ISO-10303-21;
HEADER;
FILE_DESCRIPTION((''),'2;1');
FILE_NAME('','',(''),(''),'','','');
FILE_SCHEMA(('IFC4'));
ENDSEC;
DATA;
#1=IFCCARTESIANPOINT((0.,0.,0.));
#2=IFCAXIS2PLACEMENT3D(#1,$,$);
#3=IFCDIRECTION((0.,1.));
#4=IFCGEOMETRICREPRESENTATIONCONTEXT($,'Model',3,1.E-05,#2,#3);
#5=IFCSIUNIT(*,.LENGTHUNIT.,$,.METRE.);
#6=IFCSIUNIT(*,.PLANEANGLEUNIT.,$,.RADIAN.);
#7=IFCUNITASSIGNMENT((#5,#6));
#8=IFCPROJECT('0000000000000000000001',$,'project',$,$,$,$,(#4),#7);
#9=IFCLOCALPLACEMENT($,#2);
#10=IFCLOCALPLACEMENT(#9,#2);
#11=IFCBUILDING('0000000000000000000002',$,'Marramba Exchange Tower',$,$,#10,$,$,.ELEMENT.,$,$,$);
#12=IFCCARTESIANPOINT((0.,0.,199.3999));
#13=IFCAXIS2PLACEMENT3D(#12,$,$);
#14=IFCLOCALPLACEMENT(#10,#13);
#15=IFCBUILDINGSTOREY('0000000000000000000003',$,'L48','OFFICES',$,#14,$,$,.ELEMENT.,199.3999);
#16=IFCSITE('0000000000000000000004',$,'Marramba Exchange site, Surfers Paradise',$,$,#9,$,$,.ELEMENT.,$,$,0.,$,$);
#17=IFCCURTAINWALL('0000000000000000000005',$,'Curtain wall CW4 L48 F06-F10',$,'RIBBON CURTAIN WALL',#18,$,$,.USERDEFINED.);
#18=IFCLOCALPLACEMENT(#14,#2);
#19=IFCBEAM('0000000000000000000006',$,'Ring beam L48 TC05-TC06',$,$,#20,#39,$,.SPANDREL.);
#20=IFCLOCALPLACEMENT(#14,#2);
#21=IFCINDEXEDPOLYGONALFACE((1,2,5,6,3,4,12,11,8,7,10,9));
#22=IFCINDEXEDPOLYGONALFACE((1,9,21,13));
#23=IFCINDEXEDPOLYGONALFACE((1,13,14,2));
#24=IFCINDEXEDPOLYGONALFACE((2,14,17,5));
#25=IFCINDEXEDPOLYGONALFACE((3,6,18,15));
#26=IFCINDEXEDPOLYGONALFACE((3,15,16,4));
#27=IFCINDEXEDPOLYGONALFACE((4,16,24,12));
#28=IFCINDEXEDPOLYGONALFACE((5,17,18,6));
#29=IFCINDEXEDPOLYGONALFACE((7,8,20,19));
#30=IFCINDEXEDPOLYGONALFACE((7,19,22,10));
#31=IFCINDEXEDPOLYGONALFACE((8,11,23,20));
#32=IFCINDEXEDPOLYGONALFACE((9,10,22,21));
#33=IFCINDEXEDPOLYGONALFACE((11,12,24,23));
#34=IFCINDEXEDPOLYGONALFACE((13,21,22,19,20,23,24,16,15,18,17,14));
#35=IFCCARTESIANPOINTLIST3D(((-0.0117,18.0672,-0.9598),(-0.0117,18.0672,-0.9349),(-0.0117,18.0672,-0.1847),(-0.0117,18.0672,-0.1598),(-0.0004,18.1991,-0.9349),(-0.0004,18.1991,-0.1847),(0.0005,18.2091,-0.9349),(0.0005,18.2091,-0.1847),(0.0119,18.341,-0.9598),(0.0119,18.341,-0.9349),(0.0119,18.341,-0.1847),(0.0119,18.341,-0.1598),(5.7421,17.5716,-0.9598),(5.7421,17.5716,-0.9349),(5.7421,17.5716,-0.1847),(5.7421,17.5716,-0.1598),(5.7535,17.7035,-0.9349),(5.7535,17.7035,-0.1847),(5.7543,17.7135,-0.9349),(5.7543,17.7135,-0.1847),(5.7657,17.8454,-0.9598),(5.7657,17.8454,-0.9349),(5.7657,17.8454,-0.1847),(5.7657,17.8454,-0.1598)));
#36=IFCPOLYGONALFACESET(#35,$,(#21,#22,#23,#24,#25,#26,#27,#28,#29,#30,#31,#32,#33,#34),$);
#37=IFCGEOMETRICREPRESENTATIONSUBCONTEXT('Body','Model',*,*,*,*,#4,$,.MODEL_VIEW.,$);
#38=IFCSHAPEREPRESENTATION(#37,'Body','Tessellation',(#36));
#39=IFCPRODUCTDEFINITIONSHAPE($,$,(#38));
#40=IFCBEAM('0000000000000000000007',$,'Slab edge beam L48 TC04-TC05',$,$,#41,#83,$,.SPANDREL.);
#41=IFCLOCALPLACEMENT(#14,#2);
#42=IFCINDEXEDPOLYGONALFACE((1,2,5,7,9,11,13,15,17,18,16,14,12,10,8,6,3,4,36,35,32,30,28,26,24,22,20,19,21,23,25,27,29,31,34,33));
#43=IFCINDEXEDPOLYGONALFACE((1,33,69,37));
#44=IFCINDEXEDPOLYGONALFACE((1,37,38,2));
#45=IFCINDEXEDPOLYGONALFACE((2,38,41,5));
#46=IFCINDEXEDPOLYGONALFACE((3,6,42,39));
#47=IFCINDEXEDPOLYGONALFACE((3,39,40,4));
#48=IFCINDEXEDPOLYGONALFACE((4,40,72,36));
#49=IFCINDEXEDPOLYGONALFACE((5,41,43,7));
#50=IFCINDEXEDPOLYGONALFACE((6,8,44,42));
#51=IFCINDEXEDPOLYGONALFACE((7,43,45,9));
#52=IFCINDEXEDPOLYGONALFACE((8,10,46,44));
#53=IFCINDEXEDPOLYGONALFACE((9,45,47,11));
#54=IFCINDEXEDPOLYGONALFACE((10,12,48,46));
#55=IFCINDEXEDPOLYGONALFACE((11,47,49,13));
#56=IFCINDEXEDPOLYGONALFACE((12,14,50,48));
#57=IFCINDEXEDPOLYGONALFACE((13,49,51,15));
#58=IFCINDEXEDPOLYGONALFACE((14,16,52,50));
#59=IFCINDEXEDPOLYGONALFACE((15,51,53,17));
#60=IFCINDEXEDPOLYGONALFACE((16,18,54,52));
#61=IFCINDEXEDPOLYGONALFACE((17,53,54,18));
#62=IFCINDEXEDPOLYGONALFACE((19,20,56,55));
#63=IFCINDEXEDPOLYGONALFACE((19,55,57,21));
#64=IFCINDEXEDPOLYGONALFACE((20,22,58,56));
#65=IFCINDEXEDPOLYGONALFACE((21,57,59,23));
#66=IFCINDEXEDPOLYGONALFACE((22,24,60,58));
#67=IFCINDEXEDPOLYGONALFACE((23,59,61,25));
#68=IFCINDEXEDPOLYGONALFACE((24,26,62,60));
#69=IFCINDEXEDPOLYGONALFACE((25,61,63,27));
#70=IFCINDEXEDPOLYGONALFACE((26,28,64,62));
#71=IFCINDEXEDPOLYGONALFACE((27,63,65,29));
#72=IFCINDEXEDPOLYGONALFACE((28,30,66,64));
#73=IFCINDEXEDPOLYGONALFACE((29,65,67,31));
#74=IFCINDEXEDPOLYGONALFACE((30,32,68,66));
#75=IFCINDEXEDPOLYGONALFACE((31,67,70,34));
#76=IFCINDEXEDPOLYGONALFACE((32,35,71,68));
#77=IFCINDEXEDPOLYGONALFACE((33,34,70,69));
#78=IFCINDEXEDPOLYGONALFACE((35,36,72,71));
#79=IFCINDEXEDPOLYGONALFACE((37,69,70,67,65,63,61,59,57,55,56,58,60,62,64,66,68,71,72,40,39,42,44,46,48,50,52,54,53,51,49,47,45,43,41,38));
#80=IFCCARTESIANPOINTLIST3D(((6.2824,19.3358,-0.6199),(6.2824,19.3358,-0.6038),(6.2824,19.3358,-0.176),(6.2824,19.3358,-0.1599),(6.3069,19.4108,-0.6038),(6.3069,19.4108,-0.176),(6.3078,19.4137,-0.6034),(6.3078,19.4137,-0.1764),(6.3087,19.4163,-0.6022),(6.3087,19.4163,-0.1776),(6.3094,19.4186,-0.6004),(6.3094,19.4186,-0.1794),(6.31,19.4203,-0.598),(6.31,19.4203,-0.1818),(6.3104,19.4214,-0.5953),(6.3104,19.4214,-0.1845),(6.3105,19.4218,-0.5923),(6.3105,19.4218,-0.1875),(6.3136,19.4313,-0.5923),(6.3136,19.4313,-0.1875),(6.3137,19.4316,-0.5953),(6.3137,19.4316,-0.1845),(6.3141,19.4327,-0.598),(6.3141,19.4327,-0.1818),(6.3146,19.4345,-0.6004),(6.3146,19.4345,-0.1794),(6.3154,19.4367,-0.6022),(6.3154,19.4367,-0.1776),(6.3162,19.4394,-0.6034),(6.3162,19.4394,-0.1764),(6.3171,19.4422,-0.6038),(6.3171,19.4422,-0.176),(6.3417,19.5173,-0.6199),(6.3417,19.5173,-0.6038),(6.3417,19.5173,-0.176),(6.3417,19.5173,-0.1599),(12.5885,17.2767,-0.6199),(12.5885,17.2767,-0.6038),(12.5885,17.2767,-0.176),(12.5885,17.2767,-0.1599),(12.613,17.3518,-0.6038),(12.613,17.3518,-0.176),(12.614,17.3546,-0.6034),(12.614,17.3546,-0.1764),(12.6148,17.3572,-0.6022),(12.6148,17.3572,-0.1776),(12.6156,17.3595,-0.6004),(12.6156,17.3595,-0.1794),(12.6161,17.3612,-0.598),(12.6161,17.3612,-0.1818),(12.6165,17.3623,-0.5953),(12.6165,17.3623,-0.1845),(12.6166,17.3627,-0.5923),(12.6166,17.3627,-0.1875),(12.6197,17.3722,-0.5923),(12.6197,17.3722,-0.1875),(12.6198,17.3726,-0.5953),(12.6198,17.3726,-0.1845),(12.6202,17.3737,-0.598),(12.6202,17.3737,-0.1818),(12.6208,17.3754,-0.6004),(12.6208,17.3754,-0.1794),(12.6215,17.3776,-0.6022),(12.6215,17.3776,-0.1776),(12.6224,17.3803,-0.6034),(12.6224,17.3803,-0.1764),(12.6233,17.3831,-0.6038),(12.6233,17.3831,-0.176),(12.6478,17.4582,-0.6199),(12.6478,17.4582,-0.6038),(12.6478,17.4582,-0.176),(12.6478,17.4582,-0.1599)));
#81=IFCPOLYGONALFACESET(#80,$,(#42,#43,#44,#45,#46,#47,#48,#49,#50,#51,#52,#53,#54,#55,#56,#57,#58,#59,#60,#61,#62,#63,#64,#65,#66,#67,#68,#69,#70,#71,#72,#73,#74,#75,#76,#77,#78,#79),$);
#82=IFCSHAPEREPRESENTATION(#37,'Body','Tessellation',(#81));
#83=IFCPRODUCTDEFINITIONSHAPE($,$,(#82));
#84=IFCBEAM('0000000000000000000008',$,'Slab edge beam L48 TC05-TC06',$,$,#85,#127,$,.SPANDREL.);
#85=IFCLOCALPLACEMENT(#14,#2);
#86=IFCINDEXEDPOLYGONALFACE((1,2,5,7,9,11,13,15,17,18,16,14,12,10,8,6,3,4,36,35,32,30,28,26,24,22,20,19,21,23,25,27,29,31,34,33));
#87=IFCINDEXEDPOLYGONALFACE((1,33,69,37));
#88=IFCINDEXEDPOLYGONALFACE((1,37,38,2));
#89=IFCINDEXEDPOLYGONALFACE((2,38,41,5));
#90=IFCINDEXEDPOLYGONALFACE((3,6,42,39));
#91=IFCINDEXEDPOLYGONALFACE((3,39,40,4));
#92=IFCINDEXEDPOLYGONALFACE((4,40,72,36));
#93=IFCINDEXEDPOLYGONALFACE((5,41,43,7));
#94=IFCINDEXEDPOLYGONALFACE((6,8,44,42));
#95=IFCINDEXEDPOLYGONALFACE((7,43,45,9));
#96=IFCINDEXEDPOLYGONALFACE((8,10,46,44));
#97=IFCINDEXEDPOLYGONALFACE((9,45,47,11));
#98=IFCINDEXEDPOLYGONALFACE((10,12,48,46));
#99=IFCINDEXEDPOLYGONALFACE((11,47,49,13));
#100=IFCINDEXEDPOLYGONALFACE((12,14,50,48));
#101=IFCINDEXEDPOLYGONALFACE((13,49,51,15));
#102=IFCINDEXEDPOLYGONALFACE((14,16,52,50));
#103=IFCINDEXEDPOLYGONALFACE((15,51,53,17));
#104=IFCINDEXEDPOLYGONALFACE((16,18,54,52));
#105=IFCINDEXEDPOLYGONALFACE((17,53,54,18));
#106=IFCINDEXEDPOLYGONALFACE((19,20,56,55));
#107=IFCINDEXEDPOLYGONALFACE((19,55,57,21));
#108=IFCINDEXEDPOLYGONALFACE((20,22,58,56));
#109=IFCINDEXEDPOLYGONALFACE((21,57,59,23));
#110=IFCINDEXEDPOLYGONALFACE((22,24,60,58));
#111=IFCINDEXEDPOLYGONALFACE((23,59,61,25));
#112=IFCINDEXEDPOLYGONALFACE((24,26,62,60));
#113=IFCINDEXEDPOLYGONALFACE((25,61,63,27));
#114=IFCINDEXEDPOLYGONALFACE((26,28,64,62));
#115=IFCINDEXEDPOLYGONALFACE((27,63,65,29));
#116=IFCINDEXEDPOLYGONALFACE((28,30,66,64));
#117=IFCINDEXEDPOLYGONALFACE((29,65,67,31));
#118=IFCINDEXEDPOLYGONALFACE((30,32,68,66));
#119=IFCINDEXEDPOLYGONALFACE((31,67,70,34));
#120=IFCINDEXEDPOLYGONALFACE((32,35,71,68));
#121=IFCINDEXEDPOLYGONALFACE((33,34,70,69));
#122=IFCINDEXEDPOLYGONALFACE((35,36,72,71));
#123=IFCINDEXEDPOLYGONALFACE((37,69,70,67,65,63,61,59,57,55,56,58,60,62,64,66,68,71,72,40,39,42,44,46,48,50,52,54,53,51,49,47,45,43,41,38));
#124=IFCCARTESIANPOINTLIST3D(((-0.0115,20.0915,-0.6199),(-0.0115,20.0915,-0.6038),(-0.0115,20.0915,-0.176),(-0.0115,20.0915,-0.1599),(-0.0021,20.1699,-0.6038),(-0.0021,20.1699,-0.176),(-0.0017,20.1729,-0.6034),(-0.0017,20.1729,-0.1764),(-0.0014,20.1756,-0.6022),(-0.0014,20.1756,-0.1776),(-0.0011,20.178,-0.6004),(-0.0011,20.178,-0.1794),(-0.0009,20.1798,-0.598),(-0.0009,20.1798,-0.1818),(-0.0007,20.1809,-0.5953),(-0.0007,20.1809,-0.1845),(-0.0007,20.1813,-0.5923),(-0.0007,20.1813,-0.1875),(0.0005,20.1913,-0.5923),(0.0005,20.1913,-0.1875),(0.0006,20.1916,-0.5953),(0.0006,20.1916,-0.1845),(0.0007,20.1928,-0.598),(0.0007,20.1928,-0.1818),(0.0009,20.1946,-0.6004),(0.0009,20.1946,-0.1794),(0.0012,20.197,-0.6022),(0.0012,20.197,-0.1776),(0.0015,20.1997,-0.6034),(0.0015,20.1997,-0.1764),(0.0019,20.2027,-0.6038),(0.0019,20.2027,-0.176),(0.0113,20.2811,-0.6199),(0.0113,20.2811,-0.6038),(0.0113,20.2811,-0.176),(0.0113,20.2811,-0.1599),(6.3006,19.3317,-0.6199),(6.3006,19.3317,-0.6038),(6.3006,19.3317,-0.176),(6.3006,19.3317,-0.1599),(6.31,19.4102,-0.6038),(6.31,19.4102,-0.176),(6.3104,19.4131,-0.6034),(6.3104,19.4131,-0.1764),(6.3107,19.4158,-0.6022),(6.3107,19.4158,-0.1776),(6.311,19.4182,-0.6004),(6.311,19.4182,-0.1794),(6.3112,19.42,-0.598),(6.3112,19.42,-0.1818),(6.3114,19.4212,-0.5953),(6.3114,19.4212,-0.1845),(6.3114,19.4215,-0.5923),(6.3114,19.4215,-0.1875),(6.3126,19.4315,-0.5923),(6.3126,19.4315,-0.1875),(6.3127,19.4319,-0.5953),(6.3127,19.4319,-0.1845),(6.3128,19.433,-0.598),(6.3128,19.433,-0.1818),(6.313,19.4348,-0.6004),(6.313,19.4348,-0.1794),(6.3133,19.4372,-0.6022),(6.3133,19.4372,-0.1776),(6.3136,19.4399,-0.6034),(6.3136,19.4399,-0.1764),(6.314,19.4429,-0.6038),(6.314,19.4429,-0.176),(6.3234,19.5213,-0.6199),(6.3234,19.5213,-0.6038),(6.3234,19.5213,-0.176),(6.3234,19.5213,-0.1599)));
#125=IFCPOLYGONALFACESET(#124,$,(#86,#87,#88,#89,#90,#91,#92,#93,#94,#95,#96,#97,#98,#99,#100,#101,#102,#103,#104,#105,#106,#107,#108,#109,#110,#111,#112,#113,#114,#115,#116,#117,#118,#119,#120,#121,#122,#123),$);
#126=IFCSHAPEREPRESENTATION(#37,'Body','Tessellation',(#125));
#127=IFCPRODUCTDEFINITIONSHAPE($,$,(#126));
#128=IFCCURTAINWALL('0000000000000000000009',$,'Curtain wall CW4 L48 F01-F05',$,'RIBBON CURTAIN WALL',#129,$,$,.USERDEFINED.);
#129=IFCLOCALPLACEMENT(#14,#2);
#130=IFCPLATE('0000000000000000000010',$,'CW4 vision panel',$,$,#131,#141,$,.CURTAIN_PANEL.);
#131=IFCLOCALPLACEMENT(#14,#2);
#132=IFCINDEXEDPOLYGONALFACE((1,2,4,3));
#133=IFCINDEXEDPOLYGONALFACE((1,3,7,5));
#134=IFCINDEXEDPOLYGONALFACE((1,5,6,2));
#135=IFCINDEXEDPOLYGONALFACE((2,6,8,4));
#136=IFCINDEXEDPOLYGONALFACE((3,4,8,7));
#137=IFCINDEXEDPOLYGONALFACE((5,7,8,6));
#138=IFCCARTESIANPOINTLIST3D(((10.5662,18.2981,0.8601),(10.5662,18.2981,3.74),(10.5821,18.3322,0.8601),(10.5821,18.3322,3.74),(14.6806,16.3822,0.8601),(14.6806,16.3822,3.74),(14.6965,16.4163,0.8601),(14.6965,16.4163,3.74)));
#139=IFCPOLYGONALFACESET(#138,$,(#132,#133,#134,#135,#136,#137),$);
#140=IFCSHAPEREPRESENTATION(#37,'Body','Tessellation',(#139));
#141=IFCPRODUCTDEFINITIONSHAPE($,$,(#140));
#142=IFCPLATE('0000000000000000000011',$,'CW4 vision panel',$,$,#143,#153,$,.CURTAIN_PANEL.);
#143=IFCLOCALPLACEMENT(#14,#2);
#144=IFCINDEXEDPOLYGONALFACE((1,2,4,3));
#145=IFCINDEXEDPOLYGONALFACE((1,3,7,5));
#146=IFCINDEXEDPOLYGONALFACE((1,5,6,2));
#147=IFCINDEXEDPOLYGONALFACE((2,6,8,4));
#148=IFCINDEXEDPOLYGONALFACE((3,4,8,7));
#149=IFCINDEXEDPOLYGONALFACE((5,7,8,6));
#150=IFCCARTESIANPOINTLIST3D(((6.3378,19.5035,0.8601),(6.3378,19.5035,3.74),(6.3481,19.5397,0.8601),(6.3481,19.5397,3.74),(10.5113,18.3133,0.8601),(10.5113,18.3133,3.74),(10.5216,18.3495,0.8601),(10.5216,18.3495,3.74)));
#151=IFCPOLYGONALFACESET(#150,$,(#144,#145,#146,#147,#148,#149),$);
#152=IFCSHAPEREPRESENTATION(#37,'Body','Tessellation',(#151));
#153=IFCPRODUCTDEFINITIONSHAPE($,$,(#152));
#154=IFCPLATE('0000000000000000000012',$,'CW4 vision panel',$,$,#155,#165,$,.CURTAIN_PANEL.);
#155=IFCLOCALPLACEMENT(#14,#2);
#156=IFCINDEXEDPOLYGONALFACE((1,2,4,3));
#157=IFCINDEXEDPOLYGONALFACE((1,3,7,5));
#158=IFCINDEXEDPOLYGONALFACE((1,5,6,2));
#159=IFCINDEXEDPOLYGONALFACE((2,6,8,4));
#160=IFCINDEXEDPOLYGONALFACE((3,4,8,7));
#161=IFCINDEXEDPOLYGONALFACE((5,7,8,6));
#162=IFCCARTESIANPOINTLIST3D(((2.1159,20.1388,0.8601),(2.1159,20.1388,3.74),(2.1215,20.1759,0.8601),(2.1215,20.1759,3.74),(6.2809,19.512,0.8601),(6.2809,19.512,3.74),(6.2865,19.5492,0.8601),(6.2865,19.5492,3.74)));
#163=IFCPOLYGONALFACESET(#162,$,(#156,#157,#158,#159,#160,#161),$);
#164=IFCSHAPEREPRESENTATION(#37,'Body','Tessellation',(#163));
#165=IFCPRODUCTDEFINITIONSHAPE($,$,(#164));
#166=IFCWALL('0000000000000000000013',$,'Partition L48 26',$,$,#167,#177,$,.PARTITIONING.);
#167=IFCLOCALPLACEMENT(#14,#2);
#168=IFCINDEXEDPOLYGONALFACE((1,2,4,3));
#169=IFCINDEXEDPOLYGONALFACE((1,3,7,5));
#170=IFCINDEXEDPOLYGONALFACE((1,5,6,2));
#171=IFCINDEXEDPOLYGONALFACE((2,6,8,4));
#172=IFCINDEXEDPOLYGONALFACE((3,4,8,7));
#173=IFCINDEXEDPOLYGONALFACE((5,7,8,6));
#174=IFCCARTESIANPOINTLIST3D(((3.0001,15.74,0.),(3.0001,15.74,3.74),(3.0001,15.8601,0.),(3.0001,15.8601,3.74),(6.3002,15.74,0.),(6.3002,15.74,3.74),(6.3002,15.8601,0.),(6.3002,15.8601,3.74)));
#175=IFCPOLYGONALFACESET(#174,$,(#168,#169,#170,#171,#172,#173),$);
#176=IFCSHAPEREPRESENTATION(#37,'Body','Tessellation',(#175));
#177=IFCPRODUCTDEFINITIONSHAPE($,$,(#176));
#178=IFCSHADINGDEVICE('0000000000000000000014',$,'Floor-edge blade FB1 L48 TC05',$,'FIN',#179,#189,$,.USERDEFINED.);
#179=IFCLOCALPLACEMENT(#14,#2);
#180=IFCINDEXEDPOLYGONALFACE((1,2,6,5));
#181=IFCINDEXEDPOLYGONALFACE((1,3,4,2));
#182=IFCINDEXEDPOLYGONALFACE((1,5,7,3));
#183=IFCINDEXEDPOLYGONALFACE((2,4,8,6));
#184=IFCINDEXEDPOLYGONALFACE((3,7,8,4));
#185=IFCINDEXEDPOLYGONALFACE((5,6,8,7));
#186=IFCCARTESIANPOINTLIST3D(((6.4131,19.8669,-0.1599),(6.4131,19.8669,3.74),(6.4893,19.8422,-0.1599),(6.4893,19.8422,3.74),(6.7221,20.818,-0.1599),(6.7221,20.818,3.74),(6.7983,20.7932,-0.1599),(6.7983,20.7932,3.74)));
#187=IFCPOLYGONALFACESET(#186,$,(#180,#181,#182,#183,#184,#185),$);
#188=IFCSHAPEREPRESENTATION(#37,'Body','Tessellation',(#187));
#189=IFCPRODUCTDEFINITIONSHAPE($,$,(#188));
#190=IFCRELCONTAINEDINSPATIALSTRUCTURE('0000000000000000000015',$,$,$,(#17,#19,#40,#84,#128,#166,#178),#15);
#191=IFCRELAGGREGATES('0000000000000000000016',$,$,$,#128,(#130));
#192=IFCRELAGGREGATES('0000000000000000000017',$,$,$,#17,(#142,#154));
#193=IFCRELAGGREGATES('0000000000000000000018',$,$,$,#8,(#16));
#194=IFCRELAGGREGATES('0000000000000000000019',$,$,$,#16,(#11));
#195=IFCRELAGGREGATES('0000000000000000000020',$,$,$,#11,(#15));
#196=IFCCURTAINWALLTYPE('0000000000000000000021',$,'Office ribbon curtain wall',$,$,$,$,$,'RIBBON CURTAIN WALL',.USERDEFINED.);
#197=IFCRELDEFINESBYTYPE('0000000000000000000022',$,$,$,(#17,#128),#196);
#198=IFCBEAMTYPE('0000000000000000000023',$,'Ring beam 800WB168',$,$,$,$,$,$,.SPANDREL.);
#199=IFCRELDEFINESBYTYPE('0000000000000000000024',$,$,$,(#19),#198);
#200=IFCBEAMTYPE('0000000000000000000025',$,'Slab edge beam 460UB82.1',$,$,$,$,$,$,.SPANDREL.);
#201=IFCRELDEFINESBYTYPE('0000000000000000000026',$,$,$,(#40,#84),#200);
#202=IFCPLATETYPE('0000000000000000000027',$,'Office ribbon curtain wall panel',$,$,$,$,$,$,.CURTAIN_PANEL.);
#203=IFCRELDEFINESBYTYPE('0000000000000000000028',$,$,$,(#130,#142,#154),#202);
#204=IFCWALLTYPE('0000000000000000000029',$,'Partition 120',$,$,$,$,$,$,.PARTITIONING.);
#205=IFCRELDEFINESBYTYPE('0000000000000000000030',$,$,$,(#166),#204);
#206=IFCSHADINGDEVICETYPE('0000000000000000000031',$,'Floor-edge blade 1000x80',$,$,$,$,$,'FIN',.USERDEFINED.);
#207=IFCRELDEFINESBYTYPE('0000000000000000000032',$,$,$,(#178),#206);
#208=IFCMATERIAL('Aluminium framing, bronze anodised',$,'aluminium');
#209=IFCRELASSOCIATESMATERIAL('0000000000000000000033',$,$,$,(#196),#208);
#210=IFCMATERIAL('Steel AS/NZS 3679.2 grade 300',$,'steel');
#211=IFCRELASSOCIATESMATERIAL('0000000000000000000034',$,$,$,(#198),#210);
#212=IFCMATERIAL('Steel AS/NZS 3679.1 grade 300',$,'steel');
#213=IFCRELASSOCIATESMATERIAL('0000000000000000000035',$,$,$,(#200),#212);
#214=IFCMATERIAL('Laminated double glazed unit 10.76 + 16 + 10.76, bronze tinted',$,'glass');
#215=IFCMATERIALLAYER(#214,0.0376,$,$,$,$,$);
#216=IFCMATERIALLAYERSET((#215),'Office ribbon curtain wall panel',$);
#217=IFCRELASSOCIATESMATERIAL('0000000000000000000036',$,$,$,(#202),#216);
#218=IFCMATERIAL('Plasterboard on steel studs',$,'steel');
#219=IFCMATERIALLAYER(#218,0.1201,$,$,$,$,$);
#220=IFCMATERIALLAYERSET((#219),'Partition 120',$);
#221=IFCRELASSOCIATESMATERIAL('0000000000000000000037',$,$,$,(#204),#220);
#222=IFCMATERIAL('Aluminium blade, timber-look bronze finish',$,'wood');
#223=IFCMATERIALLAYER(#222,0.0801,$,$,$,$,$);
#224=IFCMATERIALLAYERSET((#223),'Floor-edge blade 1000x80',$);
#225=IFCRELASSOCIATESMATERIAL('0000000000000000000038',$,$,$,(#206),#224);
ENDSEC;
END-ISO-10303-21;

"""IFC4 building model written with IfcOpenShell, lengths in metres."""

from ifc_helpers import new_model, si_unit, direction, frame, frame_2d, origin, origin_2d, place, context, subcontext, project, spatial, rectangle, i_section, extrude, material, layer, layer_set, material_profile, profile_set, type_object, element, aggregate, save


model = new_model("IFC4")

# Units and contexts
model_context = context("Model", 3, precision=1e-05, world=origin(), true_north=direction((0.0, 1.0)))
body_context = subcontext(model_context, "Body", "Model", "MODEL_VIEW")
ifc_project = project(units=[si_unit("LENGTHUNIT", "METRE"), si_unit("PLANEANGLEUNIT", "RADIAN")], contexts=[model_context])

# Site, building, storey
site_placement = place(None, origin())
site = spatial("IfcSite", under=ifc_project, at=site_placement, Name="Marramba Exchange site, Surfers Paradise", CompositionType="ELEMENT", RefElevation=0.0)
building_placement = place(site_placement, origin())
building = spatial("IfcBuilding", under=site, at=building_placement, Name="Marramba Exchange Tower", CompositionType="ELEMENT")
storey_placement = place(building_placement, frame((0.0, 0.0, 199.3999)))
storey = spatial("IfcBuildingStorey", under=building, at=storey_placement, Name="L48", Description="OFFICES", CompositionType="ELEMENT", Elevation=199.3999)

# Shared definitions
ifc_material_1 = material(Name="Steel AS/NZS 3679.2 grade 300", Category="steel")

# Curtain wall
ifc_material_2 = material(Name="Aluminium framing, bronze anodised", Category="aluminium")
curtain_wall_type = type_object("IfcCurtainWallType", Name="Office ribbon curtain wall", ElementType="RIBBON CURTAIN WALL", PredefinedType="USERDEFINED", material=ifc_material_2)
curtain_wall_1_placement = place(storey_placement, origin())
curtain_wall_1 = element("IfcCurtainWall", 1, at=curtain_wall_1_placement, inside=storey, type_object=curtain_wall_type, Name="Curtain wall CW4 L48 F06-F10", ObjectType="RIBBON CURTAIN WALL", PredefinedType="USERDEFINED")

# Beams
ifc_material_profile_1 = material_profile(ifc_material_1, i_section(OverallWidth=0.2749, OverallDepth=0.8, WebThickness=0.01, FlangeThickness=0.0249, at=origin_2d()), Name="800WB168")
ifc_profile_set_1 = profile_set([ifc_material_profile_1], Name="Steel AS/NZS 3679.2 grade 300")
beam_type_1 = type_object("IfcBeamType", Name="Ring beam 800WB168", PredefinedType="SPANDREL", material=ifc_profile_set_1)
beam_1_placement = place(storey_placement, frame((5.7539, 17.7085, -0.5598), z_axis=(-0.996311, 0.085816, 0.0), x_axis=(-0.085816, -0.996311, 0.0)))
element("IfcBeam", 2, at=beam_1_placement, inside=storey, type_object=beam_type_1, Name="Ring beam L48 TC05-TC06", PredefinedType="SPANDREL", context=body_context, shape_type="SweptSolid", body=[
    extrude(i_section(OverallWidth=0.2749, OverallDepth=0.8, WebThickness=0.01, FlangeThickness=0.0249, at=origin_2d()), origin(), (0.0, 0.0, 1.0), 5.7751),
])
ifc_material_3 = material(Name="Steel AS/NZS 3679.1 grade 300", Category="steel")
ifc_material_profile_2 = material_profile(ifc_material_3, i_section(OverallWidth=0.1909, OverallDepth=0.46, WebThickness=0.01, FlangeThickness=0.0161, FilletRadius=0.0115, at=origin_2d()), Name="460UB82.1")
ifc_profile_set_2 = profile_set([ifc_material_profile_2], Name="Steel AS/NZS 3679.1 grade 300")
beam_type_2 = type_object("IfcBeamType", Name="Slab edge beam 460UB82.1", PredefinedType="SPANDREL", material=ifc_profile_set_2)
beam_2_placement = place(storey_placement, frame((12.6182, 17.3674, -0.3899), z_axis=(-0.950609, 0.310392, 0.0), x_axis=(-0.310392, -0.950609, 0.0)))
element("IfcBeam", 3, at=beam_2_placement, inside=storey, type_object=beam_type_2, Name="Slab edge beam L48 TC04-TC05", PredefinedType="SPANDREL", context=body_context, shape_type="SweptSolid", body=[
    extrude(i_section(OverallWidth=0.1909, OverallDepth=0.46, WebThickness=0.01, FlangeThickness=0.0161, FilletRadius=0.0115, at=origin_2d()), origin(), (0.0, 0.0, 1.0), 6.6338),
])
beam_3_placement = place(storey_placement, frame((6.312, 19.4265, -0.3899), z_axis=(-0.992834, 0.119506, 0.0), x_axis=(-0.119506, -0.992834, 0.0)))
element("IfcBeam", 4, at=beam_3_placement, inside=storey, type_object=beam_type_2, Name="Slab edge beam L48 TC05-TC06", PredefinedType="SPANDREL", context=body_context, shape_type="SweptSolid", body=[
    extrude(i_section(OverallWidth=0.1909, OverallDepth=0.46, WebThickness=0.01, FlangeThickness=0.0161, FilletRadius=0.0115, at=origin_2d()), origin(), (0.0, 0.0, 1.0), 6.3577),
])

# Curtain wall, plate
curtain_wall_2_placement = place(storey_placement, origin())
curtain_wall_2 = element("IfcCurtainWall", 5, at=curtain_wall_2_placement, inside=storey, type_object=curtain_wall_type, Name="Curtain wall CW4 L48 F01-F05", ObjectType="RIBBON CURTAIN WALL", PredefinedType="USERDEFINED")
ifc_material_4 = material(Name="Laminated double glazed unit 10.76 + 16 + 10.76, bronze tinted", Category="glass")
ifc_layer_1 = layer(ifc_material_4, 0.0376)
ifc_layer_set_1 = layer_set([ifc_layer_1], Name="Office ribbon curtain wall panel")
plate_type = type_object("IfcPlateType", Name="Office ribbon curtain wall panel", PredefinedType="CURTAIN_PANEL", material=ifc_layer_set_1)
plate_1_placement = place(storey_placement, frame((12.6313, 17.3572, 0.8601), z_axis=(0.0, 0.0, 1.0), x_axis=(-0.906534, 0.422133, 0.0)))
plate_1 = element("IfcPlate", 6, at=plate_1_placement, type_object=plate_type, Name="CW4 vision panel", PredefinedType="CURTAIN_PANEL", context=body_context, shape_type="SweptSolid", body=[
    extrude(rectangle(XDim=4.5386, YDim=0.0376, at=origin_2d()), origin(), (0.0, 0.0, 1.0), 2.8799),
])
aggregate(curtain_wall_2, [plate_1])

# Plates
plate_2_placement = place(storey_placement, frame((8.4297, 18.9265, 0.8601), z_axis=(0.0, 0.0, 1.0), x_axis=(-0.961659, 0.274248, 0.0)))
plate_2 = element("IfcPlate", 7, at=plate_2_placement, type_object=plate_type, Name="CW4 vision panel", PredefinedType="CURTAIN_PANEL", context=body_context, shape_type="SweptSolid", body=[
    extrude(rectangle(XDim=4.3398, YDim=0.0376, at=origin_2d()), origin(), (0.0, 0.0, 1.0), 2.8799),
])
plate_3_placement = place(storey_placement, frame((4.2012, 19.844, 0.8601), z_axis=(0.0, 0.0, 1.0), x_axis=(-0.988868, 0.148795, 0.0)))
plate_3 = element("IfcPlate", 8, at=plate_3_placement, type_object=plate_type, Name="CW4 vision panel", PredefinedType="CURTAIN_PANEL", context=body_context, shape_type="SweptSolid", body=[
    extrude(rectangle(XDim=4.2119, YDim=0.0376, at=origin_2d()), origin(), (0.0, 0.0, 1.0), 2.8799),
])
aggregate(curtain_wall_1, [plate_2, plate_3])

# Wall
ifc_material_5 = material(Name="Plasterboard on steel studs", Category="steel")
ifc_layer_2 = layer(ifc_material_5, 0.1201)
ifc_layer_set_2 = layer_set([ifc_layer_2], Name="Partition 120")
wall_type = type_object("IfcWallType", Name="Partition 120", PredefinedType="PARTITIONING", material=ifc_layer_set_2)
wall_placement = place(storey_placement, frame((6.3, 15.8, 0.0), z_axis=(0.0, 0.0, 1.0), x_axis=(-1.0, 0.0, 0.0)))
element("IfcWall", 9, at=wall_placement, inside=storey, type_object=wall_type, Name="Partition L48 26", PredefinedType="PARTITIONING", context=body_context, shape_type="SweptSolid", body=[
    extrude(rectangle(XDim=3.3, YDim=0.1201, at=frame_2d((1.6499, 0.0))), origin(), (0.0, 0.0, 1.0), 3.74),
])

# Shading device
ifc_material_6 = material(Name="Aluminium blade, timber-look bronze finish", Category="wood")
ifc_layer_3 = layer(ifc_material_6, 0.0801)
ifc_layer_set_3 = layer_set([ifc_layer_3], Name="Floor-edge blade 1000x80")
shading_device_type_1 = type_object("IfcShadingDeviceType", Name="Floor-edge blade 1000x80", ElementType="FIN", PredefinedType="USERDEFINED", material=ifc_layer_set_3)
for number, where, z_axis, x_axis, name in (
    (10, (6.6057, 20.3301, -0.1599), (0.0, 0.0, 1.0), (0.309017, 0.951057, 0.0), "Floor-edge blade FB1 L48 TC05"),
):
    element("IfcShadingDevice", number, at=place(storey_placement, frame(where, z_axis=z_axis, x_axis=x_axis)), inside=storey, type_object=shading_device_type_1, Name=name, ObjectType="FIN", PredefinedType="USERDEFINED", context=body_context, shape_type="SweptSolid", body=[
        extrude(rectangle(XDim=1.0, YDim=0.0801, at=origin_2d()), origin(), (0.0, 0.0, 1.0), 3.8999),
    ])

save(model, "model.ifc")
